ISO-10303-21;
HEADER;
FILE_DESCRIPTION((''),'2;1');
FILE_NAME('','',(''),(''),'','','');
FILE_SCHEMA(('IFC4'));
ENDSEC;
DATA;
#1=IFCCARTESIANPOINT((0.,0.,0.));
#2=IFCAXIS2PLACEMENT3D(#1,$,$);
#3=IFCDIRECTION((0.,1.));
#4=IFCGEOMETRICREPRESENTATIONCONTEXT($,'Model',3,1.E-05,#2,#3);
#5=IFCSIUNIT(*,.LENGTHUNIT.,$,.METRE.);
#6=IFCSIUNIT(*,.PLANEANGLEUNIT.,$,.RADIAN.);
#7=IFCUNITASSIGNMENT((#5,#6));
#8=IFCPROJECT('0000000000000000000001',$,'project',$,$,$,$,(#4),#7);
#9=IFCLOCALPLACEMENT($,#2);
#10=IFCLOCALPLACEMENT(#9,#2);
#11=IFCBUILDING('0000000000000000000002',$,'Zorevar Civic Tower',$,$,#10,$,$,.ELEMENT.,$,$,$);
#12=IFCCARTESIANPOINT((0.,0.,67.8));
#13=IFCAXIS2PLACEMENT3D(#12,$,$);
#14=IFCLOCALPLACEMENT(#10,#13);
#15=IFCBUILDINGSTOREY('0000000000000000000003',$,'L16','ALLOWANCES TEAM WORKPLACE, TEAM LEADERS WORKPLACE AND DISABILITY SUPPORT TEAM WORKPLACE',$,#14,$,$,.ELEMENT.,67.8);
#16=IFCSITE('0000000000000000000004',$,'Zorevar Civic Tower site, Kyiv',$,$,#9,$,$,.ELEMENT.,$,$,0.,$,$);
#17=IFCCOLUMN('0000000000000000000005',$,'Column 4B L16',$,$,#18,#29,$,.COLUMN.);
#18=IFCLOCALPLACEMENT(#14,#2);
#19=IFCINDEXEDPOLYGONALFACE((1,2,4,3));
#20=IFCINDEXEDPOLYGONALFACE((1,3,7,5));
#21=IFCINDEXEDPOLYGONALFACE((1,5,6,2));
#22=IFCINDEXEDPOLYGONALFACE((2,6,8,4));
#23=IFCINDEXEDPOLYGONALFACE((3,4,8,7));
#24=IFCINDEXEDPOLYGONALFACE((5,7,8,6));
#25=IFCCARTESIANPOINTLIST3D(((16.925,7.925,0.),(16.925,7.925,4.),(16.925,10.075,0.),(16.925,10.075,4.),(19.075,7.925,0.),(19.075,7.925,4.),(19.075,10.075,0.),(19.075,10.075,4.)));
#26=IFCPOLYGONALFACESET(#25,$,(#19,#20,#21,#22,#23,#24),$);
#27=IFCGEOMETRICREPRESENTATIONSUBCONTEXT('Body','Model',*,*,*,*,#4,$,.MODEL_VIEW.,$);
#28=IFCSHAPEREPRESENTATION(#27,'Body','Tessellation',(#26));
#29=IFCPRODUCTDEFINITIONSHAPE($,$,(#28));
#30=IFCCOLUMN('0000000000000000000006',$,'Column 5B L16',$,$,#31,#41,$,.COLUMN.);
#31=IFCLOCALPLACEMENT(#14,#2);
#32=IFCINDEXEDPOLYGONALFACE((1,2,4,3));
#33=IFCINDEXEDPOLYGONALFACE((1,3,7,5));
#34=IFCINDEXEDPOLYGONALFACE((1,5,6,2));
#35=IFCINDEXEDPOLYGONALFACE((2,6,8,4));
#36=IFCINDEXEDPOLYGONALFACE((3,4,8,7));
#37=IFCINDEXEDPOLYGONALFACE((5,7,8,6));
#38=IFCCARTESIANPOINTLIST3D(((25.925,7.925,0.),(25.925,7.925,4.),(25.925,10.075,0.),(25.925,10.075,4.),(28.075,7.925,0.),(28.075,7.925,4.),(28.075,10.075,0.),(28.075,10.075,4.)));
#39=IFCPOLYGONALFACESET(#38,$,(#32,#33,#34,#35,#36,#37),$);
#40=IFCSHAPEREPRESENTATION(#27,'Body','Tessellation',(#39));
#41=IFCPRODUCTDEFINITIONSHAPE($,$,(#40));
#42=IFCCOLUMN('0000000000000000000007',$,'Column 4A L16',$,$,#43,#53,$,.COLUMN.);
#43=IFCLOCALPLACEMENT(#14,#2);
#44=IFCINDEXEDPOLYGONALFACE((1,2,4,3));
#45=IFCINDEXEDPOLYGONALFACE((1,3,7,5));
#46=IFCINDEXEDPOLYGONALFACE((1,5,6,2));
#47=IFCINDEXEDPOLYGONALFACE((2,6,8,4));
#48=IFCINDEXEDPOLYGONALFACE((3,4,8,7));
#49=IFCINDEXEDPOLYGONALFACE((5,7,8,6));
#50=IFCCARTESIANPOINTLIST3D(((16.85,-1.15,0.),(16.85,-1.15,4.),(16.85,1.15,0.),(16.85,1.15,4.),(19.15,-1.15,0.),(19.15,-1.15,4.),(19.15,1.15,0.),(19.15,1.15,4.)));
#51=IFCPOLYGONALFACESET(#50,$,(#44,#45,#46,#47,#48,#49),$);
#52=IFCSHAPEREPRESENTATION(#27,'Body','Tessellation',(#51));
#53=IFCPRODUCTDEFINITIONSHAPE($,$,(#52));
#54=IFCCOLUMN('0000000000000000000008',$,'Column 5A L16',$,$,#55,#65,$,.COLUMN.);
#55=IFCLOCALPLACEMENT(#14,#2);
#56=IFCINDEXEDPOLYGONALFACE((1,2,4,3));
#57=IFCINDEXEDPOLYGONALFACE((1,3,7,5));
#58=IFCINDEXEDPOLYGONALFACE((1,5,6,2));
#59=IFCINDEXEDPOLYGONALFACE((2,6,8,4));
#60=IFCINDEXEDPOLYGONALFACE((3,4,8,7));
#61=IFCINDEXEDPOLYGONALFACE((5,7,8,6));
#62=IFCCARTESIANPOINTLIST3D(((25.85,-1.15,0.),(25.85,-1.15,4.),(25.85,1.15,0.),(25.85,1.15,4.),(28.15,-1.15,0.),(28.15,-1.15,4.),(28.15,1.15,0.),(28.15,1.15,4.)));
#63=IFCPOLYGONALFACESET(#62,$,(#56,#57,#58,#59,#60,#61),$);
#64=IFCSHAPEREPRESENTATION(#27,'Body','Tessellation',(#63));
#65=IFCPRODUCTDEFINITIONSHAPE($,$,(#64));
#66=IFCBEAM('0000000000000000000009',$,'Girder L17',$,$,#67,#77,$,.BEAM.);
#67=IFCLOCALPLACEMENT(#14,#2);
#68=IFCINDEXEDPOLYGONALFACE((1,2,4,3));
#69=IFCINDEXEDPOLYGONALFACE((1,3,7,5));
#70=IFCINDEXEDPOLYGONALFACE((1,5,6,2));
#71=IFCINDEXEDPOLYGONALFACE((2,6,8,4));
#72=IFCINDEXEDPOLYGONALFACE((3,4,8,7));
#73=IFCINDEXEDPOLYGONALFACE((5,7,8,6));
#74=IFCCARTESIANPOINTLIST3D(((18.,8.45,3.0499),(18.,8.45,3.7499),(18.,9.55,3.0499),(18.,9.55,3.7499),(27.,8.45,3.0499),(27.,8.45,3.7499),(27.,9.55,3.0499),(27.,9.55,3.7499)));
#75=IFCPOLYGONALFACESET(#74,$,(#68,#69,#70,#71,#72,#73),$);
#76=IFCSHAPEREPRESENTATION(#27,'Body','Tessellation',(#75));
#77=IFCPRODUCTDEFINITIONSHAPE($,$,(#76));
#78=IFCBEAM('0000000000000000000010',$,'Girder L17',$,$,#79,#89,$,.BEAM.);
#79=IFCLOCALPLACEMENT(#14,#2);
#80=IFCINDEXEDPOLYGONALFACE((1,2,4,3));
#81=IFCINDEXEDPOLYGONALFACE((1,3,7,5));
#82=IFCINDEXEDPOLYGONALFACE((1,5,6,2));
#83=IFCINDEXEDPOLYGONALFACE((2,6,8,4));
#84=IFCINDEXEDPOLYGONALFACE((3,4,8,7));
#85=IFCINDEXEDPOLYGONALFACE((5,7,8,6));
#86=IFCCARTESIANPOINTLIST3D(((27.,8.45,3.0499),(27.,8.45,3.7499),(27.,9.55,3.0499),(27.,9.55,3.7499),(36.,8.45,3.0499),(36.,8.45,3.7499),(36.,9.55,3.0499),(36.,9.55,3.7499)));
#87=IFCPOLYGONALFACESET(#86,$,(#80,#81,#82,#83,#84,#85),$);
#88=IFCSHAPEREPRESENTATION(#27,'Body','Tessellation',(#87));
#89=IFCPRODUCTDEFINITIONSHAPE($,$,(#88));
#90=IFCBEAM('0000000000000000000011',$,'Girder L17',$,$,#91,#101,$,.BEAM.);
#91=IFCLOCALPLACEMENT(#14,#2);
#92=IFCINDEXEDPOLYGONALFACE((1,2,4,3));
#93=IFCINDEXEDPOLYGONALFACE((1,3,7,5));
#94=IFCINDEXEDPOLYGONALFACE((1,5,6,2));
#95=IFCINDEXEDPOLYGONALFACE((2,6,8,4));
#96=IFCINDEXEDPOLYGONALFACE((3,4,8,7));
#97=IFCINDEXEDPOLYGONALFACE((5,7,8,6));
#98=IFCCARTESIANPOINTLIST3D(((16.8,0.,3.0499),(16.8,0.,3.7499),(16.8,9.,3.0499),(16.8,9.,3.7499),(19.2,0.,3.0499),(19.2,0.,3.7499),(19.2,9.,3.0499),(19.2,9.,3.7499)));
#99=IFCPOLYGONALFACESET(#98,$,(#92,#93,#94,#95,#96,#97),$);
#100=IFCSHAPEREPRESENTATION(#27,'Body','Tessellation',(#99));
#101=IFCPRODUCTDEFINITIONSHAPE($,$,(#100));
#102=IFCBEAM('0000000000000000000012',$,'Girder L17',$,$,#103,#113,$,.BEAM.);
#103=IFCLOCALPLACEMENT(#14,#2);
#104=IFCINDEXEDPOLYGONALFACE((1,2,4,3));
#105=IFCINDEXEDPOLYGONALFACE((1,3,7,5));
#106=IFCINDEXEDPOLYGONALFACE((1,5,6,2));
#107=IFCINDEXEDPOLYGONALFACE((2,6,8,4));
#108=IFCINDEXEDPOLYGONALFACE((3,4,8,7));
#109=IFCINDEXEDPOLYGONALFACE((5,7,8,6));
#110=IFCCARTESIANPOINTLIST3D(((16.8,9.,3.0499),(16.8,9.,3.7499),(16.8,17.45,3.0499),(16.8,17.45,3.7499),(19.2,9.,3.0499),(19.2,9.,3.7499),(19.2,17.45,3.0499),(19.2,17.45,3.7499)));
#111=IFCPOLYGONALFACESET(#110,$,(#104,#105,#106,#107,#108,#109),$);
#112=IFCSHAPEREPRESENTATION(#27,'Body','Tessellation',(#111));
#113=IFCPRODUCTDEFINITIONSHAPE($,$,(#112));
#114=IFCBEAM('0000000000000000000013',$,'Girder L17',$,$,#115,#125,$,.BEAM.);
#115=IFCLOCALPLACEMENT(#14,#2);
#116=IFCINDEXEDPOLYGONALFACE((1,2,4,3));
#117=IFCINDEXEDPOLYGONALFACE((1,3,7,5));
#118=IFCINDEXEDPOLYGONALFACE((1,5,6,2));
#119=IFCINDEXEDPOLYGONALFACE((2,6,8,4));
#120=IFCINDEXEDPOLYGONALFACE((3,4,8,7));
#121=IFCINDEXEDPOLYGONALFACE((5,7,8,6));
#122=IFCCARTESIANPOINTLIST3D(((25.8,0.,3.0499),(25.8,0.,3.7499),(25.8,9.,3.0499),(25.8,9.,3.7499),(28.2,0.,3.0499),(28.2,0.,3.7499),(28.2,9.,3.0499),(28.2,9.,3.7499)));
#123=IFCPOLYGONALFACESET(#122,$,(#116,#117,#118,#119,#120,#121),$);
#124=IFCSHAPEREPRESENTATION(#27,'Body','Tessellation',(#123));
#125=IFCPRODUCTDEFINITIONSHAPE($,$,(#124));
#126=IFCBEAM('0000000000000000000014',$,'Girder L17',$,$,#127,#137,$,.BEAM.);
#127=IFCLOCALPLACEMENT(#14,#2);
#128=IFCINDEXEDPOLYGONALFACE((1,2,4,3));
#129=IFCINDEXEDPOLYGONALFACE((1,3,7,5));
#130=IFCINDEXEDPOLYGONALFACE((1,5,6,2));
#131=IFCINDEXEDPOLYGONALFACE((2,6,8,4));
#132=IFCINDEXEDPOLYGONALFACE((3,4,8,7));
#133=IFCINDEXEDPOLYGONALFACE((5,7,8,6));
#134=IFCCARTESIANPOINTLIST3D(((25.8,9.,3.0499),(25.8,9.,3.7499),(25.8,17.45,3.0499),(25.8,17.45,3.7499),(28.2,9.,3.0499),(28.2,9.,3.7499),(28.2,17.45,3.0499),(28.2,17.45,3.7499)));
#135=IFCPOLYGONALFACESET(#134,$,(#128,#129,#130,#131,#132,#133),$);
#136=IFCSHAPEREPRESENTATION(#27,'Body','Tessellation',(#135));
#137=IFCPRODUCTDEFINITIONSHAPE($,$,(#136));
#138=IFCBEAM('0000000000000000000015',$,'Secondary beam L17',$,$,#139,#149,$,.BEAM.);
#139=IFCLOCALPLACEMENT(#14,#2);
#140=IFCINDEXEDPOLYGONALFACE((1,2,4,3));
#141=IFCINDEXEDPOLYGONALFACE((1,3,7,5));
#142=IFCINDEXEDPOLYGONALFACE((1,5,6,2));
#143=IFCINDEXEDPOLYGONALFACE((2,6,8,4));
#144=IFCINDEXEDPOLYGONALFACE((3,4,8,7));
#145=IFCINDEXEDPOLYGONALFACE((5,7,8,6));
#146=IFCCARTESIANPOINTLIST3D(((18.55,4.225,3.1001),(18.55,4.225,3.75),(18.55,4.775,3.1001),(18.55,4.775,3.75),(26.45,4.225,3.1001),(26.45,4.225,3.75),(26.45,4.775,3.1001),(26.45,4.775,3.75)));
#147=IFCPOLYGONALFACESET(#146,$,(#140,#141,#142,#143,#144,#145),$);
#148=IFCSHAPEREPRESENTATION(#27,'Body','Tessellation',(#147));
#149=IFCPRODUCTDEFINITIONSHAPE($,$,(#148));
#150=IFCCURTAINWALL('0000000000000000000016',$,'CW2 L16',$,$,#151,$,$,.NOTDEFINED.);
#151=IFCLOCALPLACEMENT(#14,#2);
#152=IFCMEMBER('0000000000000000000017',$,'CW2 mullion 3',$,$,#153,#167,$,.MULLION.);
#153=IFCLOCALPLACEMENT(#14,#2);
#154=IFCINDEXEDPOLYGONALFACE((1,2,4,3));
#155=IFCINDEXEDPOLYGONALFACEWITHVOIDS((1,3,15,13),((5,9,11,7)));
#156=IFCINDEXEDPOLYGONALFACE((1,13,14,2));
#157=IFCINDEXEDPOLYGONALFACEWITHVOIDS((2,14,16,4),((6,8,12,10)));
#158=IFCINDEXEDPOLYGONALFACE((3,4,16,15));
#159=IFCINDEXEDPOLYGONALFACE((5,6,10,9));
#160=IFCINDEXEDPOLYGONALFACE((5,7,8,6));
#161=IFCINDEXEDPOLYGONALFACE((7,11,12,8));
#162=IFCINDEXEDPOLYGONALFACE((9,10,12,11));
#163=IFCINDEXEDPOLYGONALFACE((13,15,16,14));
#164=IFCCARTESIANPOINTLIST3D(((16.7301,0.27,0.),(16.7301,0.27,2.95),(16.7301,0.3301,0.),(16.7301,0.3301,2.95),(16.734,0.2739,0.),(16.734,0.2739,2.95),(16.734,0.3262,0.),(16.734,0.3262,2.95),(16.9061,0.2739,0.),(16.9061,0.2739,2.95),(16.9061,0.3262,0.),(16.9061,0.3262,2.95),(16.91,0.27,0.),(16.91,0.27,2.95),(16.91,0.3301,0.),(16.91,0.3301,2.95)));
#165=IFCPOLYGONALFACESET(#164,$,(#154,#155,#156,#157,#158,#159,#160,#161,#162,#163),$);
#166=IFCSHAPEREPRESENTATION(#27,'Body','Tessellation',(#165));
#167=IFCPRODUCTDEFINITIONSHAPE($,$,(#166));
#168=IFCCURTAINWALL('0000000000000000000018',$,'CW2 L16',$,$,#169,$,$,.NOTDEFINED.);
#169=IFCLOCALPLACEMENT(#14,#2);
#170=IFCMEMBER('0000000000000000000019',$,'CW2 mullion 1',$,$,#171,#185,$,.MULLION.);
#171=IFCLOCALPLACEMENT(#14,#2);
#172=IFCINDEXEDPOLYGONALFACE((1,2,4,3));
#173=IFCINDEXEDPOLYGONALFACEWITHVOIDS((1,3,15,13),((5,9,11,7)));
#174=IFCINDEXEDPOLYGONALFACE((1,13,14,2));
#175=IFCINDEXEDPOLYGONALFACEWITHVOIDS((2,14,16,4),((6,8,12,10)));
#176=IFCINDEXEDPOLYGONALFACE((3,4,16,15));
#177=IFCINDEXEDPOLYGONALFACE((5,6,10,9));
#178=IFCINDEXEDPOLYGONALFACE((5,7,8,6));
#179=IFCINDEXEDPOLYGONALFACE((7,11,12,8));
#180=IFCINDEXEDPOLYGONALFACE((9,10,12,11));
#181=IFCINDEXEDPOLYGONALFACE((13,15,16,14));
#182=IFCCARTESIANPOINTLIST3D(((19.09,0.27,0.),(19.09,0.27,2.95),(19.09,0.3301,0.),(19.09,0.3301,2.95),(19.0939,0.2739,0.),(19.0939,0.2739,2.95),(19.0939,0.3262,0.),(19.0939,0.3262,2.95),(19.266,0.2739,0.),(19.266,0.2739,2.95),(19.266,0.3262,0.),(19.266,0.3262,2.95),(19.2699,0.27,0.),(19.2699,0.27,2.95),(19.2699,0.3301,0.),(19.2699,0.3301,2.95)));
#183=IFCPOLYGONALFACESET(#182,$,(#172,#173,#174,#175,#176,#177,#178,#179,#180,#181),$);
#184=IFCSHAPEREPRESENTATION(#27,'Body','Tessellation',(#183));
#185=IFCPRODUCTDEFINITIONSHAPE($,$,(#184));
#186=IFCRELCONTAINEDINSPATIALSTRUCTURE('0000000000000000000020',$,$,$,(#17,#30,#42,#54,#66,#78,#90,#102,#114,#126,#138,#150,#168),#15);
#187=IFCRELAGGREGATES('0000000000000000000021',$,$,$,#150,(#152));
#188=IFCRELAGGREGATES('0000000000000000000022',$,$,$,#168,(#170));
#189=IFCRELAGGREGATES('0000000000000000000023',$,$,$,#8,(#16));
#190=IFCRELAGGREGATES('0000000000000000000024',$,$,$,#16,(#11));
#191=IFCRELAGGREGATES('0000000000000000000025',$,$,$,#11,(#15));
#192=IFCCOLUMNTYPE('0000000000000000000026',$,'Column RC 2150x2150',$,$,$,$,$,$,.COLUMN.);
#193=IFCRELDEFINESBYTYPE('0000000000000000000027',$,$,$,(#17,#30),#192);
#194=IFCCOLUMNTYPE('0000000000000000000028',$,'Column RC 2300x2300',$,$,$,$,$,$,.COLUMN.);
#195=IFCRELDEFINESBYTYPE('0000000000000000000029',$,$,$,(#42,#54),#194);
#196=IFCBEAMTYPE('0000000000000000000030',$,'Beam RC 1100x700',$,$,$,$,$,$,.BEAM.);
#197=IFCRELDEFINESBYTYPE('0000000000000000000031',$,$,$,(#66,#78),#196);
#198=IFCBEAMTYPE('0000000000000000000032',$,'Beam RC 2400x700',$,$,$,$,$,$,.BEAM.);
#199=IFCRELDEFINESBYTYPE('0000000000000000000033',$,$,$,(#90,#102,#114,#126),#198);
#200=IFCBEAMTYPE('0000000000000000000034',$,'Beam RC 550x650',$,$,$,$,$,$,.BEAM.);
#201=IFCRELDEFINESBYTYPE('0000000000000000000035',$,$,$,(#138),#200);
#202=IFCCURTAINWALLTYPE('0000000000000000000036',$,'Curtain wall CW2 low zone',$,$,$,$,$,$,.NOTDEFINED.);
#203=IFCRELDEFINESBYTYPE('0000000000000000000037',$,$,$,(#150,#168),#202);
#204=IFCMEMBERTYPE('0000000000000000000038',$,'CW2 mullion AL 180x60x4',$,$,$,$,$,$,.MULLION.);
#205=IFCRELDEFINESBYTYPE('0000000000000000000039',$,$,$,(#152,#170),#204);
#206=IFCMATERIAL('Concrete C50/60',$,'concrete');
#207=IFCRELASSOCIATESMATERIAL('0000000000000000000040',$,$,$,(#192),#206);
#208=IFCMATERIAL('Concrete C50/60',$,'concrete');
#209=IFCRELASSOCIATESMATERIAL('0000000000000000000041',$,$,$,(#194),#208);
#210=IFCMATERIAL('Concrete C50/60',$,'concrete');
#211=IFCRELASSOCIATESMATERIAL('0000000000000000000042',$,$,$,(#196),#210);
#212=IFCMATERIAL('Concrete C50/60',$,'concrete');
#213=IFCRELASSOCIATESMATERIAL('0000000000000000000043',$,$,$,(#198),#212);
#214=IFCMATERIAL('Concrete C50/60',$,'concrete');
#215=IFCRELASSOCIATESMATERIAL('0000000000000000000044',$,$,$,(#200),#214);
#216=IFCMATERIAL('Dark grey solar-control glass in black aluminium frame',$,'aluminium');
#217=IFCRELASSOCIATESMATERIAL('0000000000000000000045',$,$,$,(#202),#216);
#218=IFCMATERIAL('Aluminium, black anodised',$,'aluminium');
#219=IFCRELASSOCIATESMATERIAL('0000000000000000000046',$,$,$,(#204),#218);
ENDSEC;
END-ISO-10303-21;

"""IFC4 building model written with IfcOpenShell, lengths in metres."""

from ifc_helpers import new_model, si_unit, direction, frame, origin, origin_2d, place, context, subcontext, project, spatial, rectangle, hollow_rectangle, extrude, material, material_profile, profile_set, type_object, element, aggregate, save


model = new_model("IFC4")

# Units and contexts
model_context = context("Model", 3, precision=1e-05, world=origin(), true_north=direction((0.0, 1.0)))
body_context = subcontext(model_context, "Body", "Model", "MODEL_VIEW")
ifc_project = project(units=[si_unit("LENGTHUNIT", "METRE"), si_unit("PLANEANGLEUNIT", "RADIAN")], contexts=[model_context])

# Site, building, storey
site_placement = place(None, origin())
site = spatial("IfcSite", under=ifc_project, at=site_placement, Name="Zorevar Civic Tower site, Kyiv", CompositionType="ELEMENT", RefElevation=0.0)
building_placement = place(site_placement, origin())
building = spatial("IfcBuilding", under=site, at=building_placement, Name="Zorevar Civic Tower", CompositionType="ELEMENT")
storey_placement = place(building_placement, frame((0.0, 0.0, 67.8)))
storey = spatial("IfcBuildingStorey", under=building, at=storey_placement, Name="L16", Description="ALLOWANCES TEAM WORKPLACE, TEAM LEADERS WORKPLACE AND DISABILITY SUPPORT TEAM WORKPLACE", CompositionType="ELEMENT", Elevation=67.8)

# Columns
ifc_material_1 = material(Name="Concrete C50/60", Category="concrete")
ifc_material_profile_1 = material_profile(ifc_material_1, rectangle(XDim=2.1499, YDim=2.1499, at=origin_2d()), Name="RC 2150x2150")
ifc_profile_set_1 = profile_set([ifc_material_profile_1], Name="Concrete C50/60")
column_type_1 = type_object("IfcColumnType", Name="Column RC 2150x2150", PredefinedType="COLUMN", material=ifc_profile_set_1)
for number, where, z_axis, x_axis, name in (
    (1, (18.0, 9.0, 0.0), (0.0, 0.0, 1.0), (1.0, 0.0, 0.0), "Column 4B L16"),
    (2, (27.0, 9.0, 0.0), (0.0, 0.0, 1.0), (1.0, 0.0, 0.0), "Column 5B L16"),
):
    element("IfcColumn", number, at=place(storey_placement, frame(where, z_axis=z_axis, x_axis=x_axis)), inside=storey, type_object=column_type_1, Name=name, PredefinedType="COLUMN", context=body_context, shape_type="SweptSolid", body=[
        extrude(rectangle(XDim=2.1499, YDim=2.1499, at=origin_2d()), origin(), (0.0, 0.0, 1.0), 4.0),
    ])
ifc_material_2 = material(Name="Concrete C50/60", Category="concrete")
ifc_material_profile_2 = material_profile(ifc_material_2, rectangle(XDim=2.3, YDim=2.3, at=origin_2d()), Name="RC 2300x2300")
ifc_profile_set_2 = profile_set([ifc_material_profile_2], Name="Concrete C50/60")
column_type_2 = type_object("IfcColumnType", Name="Column RC 2300x2300", PredefinedType="COLUMN", material=ifc_profile_set_2)
for number, where, z_axis, x_axis, name in (
    (3, (18.0, 0.0, 0.0), (0.0, 0.0, 1.0), (1.0, 0.0, 0.0), "Column 4A L16"),
    (4, (27.0, 0.0, 0.0), (0.0, 0.0, 1.0), (1.0, 0.0, 0.0), "Column 5A L16"),
):
    element("IfcColumn", number, at=place(storey_placement, frame(where, z_axis=z_axis, x_axis=x_axis)), inside=storey, type_object=column_type_2, Name=name, PredefinedType="COLUMN", context=body_context, shape_type="SweptSolid", body=[
        extrude(rectangle(XDim=2.3, YDim=2.3, at=origin_2d()), origin(), (0.0, 0.0, 1.0), 4.0),
    ])

# Beams
ifc_material_3 = material(Name="Concrete C50/60", Category="concrete")
ifc_material_profile_3 = material_profile(ifc_material_3, rectangle(XDim=1.1001, YDim=0.7, at=origin_2d()), Name="RC 1100x700")
ifc_profile_set_3 = profile_set([ifc_material_profile_3], Name="Concrete C50/60")
beam_type_1 = type_object("IfcBeamType", Name="Beam RC 1100x700", PredefinedType="BEAM", material=ifc_profile_set_3)
for number, where, z_axis, x_axis, name in (
    (5, (18.0, 9.0, 3.3999), (1.0, 0.0, 0.0), (0.0, 1.0, 0.0), "Girder L17"),
    (6, (27.0, 9.0, 3.3999), (1.0, 0.0, 0.0), (0.0, 1.0, 0.0), "Girder L17"),
):
    element("IfcBeam", number, at=place(storey_placement, frame(where, z_axis=z_axis, x_axis=x_axis)), inside=storey, type_object=beam_type_1, Name=name, PredefinedType="BEAM", context=body_context, shape_type="SweptSolid", body=[
        extrude(rectangle(XDim=1.1001, YDim=0.7, at=origin_2d()), origin(), (0.0, 0.0, 1.0), 9.0),
    ])
ifc_material_4 = material(Name="Concrete C50/60", Category="concrete")
ifc_material_profile_4 = material_profile(ifc_material_4, rectangle(XDim=2.3999, YDim=0.7, at=origin_2d()), Name="RC 2400x700")
ifc_profile_set_4 = profile_set([ifc_material_profile_4], Name="Concrete C50/60")
beam_type_2 = type_object("IfcBeamType", Name="Beam RC 2400x700", PredefinedType="BEAM", material=ifc_profile_set_4)
beam_1_placement = place(storey_placement, frame((18.0, 0.0, 3.3999), z_axis=(0.0, 1.0, 0.0), x_axis=(-1.0, 0.0, 0.0)))
element("IfcBeam", 7, at=beam_1_placement, inside=storey, type_object=beam_type_2, Name="Girder L17", PredefinedType="BEAM", context=body_context, shape_type="SweptSolid", body=[
    extrude(rectangle(XDim=2.3999, YDim=0.7, at=origin_2d()), origin(), (0.0, 0.0, 1.0), 9.0),
])
beam_2_placement = place(storey_placement, frame((18.0, 9.0, 3.3999), z_axis=(0.0, 1.0, 0.0), x_axis=(-1.0, 0.0, 0.0)))
element("IfcBeam", 8, at=beam_2_placement, inside=storey, type_object=beam_type_2, Name="Girder L17", PredefinedType="BEAM", context=body_context, shape_type="SweptSolid", body=[
    extrude(rectangle(XDim=2.3999, YDim=0.7, at=origin_2d()), origin(), (0.0, 0.0, 1.0), 8.45),
])
beam_3_placement = place(storey_placement, frame((27.0, 0.0, 3.3999), z_axis=(0.0, 1.0, 0.0), x_axis=(-1.0, 0.0, 0.0)))
element("IfcBeam", 9, at=beam_3_placement, inside=storey, type_object=beam_type_2, Name="Girder L17", PredefinedType="BEAM", context=body_context, shape_type="SweptSolid", body=[
    extrude(rectangle(XDim=2.3999, YDim=0.7, at=origin_2d()), origin(), (0.0, 0.0, 1.0), 9.0),
])
beam_4_placement = place(storey_placement, frame((27.0, 9.0, 3.3999), z_axis=(0.0, 1.0, 0.0), x_axis=(-1.0, 0.0, 0.0)))
element("IfcBeam", 10, at=beam_4_placement, inside=storey, type_object=beam_type_2, Name="Girder L17", PredefinedType="BEAM", context=body_context, shape_type="SweptSolid", body=[
    extrude(rectangle(XDim=2.3999, YDim=0.7, at=origin_2d()), origin(), (0.0, 0.0, 1.0), 8.45),
])
ifc_material_5 = material(Name="Concrete C50/60", Category="concrete")
ifc_material_profile_5 = material_profile(ifc_material_5, rectangle(XDim=0.55, YDim=0.6499, at=origin_2d()), Name="RC 550x650")
ifc_profile_set_5 = profile_set([ifc_material_profile_5], Name="Concrete C50/60")
beam_type_3 = type_object("IfcBeamType", Name="Beam RC 550x650", PredefinedType="BEAM", material=ifc_profile_set_5)
beam_5_placement = place(storey_placement, frame((18.55, 4.5, 3.425), z_axis=(1.0, 0.0, 0.0), x_axis=(0.0, 1.0, 0.0)))
element("IfcBeam", 11, at=beam_5_placement, inside=storey, type_object=beam_type_3, Name="Secondary beam L17", PredefinedType="BEAM", context=body_context, shape_type="SweptSolid", body=[
    extrude(rectangle(XDim=0.55, YDim=0.6499, at=origin_2d()), origin(), (0.0, 0.0, 1.0), 7.8999),
])

# Curtain wall, member
ifc_material_6 = material(Name="Dark grey solar-control glass in black aluminium frame", Category="aluminium")
curtain_wall_type = type_object("IfcCurtainWallType", Name="Curtain wall CW2 low zone", PredefinedType="NOTDEFINED", material=ifc_material_6)
curtain_wall_1_placement = place(storey_placement, origin())
curtain_wall_1 = element("IfcCurtainWall", 12, at=curtain_wall_1_placement, inside=storey, type_object=curtain_wall_type, Name="CW2 L16", PredefinedType="NOTDEFINED")
ifc_material_7 = material(Name="Aluminium, black anodised", Category="aluminium")
ifc_material_profile_6 = material_profile(ifc_material_7, hollow_rectangle(XDim=0.0601, YDim=0.1799, WallThickness=0.0039, at=origin_2d()), Name="AL 180x60x4")
ifc_profile_set_6 = profile_set([ifc_material_profile_6], Name="Aluminium, black anodised")
member_type_1 = type_object("IfcMemberType", Name="CW2 mullion AL 180x60x4", PredefinedType="MULLION", material=ifc_profile_set_6)
member_1_placement = place(storey_placement, frame((16.8201, 0.3, 0.0), z_axis=(0.0, 0.0, 1.0), x_axis=(0.0, 1.0, 0.0)))
member_1 = element("IfcMember", 13, at=member_1_placement, type_object=member_type_1, Name="CW2 mullion 3", PredefinedType="MULLION", context=body_context, shape_type="SweptSolid", body=[
    extrude(hollow_rectangle(XDim=0.0601, YDim=0.1799, WallThickness=0.0039, at=origin_2d()), origin(), (0.0, 0.0, 1.0), 2.95),
])
aggregate(curtain_wall_1, [member_1])

# Curtain wall, member
curtain_wall_2_placement = place(storey_placement, origin())
curtain_wall_2 = element("IfcCurtainWall", 14, at=curtain_wall_2_placement, inside=storey, type_object=curtain_wall_type, Name="CW2 L16", PredefinedType="NOTDEFINED")
member_2_placement = place(storey_placement, frame((19.1799, 0.3, 0.0), z_axis=(0.0, 0.0, 1.0), x_axis=(0.0, 1.0, 0.0)))
member_2 = element("IfcMember", 15, at=member_2_placement, type_object=member_type_1, Name="CW2 mullion 1", PredefinedType="MULLION", context=body_context, shape_type="SweptSolid", body=[
    extrude(hollow_rectangle(XDim=0.0601, YDim=0.1799, WallThickness=0.0039, at=origin_2d()), origin(), (0.0, 0.0, 1.0), 2.95),
])

aggregate(curtain_wall_2, [member_2])

save(model, "model.ifc")
